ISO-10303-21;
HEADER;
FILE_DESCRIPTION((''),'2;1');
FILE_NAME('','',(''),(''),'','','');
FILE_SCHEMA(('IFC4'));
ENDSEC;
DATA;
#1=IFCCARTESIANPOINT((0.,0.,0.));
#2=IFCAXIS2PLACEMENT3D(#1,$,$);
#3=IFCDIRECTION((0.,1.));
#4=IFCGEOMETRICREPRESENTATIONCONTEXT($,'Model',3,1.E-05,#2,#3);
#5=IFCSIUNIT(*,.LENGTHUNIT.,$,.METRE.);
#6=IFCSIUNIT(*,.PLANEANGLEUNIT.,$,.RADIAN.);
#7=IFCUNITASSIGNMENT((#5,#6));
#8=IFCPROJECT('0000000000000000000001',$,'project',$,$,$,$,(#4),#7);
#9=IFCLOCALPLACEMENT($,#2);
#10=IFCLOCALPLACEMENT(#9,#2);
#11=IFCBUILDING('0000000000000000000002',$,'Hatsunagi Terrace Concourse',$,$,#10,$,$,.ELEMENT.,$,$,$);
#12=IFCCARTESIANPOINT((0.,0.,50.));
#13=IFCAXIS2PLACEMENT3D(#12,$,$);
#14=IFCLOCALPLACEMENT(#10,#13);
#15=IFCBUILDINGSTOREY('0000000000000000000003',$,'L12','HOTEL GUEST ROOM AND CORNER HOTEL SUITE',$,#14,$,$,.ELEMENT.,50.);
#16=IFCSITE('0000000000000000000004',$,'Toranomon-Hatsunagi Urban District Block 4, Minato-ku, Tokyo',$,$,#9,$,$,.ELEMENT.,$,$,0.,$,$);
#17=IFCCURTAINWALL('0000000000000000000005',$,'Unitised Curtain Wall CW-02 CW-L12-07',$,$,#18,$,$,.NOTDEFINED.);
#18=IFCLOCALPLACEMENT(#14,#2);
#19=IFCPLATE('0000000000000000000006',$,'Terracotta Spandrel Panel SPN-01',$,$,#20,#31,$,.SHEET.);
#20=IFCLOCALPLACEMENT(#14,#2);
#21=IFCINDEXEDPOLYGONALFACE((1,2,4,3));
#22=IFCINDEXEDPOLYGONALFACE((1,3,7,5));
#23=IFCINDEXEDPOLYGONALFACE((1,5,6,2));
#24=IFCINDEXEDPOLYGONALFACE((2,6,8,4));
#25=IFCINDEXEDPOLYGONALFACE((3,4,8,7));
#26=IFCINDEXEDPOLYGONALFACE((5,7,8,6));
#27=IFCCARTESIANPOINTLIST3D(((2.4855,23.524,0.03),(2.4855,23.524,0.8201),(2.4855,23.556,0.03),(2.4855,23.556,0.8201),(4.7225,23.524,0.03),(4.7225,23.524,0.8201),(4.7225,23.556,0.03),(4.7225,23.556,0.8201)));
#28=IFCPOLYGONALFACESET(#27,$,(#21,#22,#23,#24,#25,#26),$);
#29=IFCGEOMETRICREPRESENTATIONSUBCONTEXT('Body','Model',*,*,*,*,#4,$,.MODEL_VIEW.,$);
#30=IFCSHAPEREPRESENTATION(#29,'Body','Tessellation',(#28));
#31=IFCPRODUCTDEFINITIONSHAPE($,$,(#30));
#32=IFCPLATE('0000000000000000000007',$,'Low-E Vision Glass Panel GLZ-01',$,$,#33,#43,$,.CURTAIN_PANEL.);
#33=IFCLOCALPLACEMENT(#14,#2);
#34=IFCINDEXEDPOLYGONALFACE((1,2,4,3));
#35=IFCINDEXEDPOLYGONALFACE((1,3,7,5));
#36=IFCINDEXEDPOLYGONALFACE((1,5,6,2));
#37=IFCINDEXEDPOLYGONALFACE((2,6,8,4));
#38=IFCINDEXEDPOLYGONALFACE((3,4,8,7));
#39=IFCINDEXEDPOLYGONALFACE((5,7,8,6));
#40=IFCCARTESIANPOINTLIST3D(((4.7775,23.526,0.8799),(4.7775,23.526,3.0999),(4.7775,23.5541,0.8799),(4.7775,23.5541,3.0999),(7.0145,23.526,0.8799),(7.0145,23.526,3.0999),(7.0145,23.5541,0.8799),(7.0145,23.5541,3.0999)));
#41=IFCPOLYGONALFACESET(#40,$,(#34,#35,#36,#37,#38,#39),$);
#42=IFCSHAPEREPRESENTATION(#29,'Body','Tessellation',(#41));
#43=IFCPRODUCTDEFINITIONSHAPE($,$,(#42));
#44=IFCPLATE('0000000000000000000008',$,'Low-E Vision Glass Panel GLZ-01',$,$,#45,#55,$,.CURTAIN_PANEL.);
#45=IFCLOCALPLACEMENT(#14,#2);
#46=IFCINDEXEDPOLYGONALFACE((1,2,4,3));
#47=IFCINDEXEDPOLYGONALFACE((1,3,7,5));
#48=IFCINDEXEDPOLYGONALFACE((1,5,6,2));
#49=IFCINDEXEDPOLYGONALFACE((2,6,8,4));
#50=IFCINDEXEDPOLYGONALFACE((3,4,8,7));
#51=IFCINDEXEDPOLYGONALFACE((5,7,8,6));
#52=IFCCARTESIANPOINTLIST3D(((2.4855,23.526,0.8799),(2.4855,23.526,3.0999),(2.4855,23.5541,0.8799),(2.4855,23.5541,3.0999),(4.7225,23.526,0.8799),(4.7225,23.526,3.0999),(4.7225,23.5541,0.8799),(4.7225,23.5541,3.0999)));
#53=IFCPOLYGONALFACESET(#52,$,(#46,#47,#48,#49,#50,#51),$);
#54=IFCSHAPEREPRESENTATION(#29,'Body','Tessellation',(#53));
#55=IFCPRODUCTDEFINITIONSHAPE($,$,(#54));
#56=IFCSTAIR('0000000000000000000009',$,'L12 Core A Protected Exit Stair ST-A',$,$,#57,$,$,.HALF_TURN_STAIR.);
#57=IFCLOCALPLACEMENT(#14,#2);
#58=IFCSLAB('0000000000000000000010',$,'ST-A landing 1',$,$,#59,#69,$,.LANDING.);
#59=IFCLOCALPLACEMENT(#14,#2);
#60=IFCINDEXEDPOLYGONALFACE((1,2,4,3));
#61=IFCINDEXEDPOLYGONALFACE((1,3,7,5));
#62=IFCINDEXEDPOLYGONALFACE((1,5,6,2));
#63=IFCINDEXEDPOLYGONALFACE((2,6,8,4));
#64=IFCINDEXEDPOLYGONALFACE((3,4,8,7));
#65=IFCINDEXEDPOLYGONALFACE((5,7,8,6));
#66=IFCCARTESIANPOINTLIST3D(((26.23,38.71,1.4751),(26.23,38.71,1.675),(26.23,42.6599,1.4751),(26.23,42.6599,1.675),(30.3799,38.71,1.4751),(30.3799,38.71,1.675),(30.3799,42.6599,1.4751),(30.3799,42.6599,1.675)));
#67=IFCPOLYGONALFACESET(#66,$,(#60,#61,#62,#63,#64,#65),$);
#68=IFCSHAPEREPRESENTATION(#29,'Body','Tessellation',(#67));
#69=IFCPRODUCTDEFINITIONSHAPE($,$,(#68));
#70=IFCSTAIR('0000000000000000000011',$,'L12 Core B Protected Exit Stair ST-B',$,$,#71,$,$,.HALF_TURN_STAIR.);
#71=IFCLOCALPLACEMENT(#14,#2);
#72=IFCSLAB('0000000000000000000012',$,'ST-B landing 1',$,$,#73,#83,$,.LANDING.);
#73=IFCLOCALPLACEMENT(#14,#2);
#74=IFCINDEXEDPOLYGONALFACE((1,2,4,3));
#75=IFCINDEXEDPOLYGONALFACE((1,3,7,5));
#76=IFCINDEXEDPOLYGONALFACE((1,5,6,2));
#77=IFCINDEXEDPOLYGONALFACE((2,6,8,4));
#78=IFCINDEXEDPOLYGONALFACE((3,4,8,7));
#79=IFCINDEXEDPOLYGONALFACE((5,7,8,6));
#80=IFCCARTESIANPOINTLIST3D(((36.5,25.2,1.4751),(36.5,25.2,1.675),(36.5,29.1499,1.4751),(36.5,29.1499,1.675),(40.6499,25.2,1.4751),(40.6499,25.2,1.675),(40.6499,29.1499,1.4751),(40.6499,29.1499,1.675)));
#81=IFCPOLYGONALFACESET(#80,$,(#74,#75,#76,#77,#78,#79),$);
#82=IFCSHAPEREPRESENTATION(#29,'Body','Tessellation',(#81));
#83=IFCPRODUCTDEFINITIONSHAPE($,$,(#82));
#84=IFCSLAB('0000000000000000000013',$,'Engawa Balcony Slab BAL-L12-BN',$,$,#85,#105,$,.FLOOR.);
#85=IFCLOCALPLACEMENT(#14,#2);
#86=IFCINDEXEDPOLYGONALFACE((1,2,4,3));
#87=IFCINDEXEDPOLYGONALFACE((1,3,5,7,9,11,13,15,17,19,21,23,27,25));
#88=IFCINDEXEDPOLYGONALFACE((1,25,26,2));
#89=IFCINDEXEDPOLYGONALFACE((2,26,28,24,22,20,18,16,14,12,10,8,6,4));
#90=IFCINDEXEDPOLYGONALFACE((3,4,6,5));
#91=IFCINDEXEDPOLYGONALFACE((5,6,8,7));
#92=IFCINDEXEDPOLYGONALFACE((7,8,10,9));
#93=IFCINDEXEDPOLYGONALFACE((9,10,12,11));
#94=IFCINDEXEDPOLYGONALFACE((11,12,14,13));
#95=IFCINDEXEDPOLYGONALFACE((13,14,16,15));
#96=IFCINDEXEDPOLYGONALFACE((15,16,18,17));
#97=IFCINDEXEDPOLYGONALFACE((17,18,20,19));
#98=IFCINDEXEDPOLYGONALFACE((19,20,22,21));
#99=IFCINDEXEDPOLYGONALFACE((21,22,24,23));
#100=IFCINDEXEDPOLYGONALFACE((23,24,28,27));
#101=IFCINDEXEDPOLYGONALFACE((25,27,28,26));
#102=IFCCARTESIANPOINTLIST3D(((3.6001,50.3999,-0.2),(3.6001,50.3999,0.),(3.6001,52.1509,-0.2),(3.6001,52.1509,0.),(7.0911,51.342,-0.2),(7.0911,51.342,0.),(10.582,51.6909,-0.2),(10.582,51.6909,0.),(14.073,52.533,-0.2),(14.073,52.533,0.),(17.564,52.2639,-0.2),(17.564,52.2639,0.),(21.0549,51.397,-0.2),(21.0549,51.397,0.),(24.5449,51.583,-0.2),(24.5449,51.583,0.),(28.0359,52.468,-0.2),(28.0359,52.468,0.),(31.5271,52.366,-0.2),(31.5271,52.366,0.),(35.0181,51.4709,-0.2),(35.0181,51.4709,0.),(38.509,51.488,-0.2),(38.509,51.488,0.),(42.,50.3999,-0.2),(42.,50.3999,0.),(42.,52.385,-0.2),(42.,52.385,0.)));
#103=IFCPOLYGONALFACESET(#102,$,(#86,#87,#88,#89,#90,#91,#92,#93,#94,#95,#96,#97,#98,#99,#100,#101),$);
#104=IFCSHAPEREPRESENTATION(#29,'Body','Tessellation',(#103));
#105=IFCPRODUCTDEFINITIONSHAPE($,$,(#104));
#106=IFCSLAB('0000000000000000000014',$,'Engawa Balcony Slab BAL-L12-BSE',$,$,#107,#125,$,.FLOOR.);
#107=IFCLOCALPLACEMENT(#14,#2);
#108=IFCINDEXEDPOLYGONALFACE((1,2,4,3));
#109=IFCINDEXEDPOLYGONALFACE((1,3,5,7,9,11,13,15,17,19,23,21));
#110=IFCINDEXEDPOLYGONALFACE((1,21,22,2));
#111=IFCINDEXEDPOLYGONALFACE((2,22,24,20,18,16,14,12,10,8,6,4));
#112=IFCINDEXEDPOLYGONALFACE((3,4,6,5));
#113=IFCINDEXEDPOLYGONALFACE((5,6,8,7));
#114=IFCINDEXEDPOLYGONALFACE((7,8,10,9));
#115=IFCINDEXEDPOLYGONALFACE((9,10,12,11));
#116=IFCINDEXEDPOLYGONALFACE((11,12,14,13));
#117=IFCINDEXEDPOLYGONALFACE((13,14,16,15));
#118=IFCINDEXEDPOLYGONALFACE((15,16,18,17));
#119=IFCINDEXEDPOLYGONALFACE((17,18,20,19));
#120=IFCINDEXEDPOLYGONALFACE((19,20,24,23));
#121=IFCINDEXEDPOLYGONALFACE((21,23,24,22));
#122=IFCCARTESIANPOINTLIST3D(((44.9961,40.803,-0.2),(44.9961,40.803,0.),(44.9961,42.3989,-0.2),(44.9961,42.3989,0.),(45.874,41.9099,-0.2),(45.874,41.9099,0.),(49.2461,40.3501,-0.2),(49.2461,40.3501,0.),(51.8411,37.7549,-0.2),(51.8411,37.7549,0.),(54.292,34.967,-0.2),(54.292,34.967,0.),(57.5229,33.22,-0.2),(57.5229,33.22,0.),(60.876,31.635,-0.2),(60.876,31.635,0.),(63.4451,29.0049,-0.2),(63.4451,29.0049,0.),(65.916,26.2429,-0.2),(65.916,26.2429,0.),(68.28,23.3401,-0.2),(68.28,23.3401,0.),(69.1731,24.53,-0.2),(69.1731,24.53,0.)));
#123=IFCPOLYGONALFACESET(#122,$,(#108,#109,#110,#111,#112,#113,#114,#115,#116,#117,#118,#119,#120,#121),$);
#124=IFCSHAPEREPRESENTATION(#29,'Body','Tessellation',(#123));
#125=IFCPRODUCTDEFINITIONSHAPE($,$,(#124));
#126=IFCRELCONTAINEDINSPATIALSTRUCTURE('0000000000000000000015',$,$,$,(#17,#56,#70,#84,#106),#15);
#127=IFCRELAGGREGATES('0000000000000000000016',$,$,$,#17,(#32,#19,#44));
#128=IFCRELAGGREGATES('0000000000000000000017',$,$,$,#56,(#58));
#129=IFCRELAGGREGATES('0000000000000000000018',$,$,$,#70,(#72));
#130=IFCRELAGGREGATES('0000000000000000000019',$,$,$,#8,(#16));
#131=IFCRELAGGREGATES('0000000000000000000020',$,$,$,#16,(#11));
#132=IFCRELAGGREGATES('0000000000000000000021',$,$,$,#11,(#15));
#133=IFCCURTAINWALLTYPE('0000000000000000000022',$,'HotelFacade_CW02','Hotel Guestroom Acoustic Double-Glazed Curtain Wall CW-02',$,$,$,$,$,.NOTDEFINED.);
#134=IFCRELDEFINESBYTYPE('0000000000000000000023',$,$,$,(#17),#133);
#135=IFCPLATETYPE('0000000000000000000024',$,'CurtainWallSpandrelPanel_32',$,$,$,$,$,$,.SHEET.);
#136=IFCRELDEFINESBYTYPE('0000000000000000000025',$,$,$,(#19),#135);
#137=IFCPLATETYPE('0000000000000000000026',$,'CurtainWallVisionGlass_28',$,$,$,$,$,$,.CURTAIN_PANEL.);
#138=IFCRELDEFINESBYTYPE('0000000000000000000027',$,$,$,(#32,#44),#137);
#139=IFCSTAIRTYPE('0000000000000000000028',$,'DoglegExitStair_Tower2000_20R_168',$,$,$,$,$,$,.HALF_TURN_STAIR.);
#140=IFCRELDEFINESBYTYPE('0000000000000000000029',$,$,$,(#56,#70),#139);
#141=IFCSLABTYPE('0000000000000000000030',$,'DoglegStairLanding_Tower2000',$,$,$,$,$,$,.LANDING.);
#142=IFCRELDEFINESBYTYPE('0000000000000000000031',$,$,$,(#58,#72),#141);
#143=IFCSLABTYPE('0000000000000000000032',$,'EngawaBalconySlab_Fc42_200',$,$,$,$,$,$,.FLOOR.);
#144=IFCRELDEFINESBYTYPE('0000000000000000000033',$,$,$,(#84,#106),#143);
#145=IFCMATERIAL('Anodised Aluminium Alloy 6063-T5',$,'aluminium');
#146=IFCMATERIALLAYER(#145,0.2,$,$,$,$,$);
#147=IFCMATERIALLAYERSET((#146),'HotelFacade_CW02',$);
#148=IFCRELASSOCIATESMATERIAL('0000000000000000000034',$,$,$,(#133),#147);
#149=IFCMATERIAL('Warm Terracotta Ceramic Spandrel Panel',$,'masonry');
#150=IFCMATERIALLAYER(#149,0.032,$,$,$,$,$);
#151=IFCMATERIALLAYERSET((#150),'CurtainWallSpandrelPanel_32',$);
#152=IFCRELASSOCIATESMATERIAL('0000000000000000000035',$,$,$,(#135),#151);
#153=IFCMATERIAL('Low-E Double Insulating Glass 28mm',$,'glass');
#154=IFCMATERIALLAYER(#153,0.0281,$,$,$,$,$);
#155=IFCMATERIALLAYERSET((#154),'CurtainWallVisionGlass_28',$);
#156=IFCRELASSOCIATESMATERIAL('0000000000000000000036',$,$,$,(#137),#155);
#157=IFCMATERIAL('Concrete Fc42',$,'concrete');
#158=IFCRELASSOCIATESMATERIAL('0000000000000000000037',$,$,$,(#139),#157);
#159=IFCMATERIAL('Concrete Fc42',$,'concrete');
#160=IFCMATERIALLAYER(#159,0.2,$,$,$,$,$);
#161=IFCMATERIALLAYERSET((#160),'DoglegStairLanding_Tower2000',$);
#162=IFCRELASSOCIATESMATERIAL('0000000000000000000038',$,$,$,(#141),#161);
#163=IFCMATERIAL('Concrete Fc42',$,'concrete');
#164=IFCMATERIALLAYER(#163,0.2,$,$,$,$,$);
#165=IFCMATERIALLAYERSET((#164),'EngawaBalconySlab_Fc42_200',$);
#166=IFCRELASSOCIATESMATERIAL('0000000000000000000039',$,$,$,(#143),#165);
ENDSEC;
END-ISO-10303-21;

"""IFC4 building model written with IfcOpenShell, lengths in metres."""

from ifc_helpers import new_model, si_unit, direction, frame, origin, origin_2d, place, context, subcontext, project, spatial, polyline, rectangle, outline, extrude, material, layer, layer_set, type_object, element, aggregate, save


model = new_model("IFC4")

# Units and contexts
model_context = context("Model", 3, precision=1e-05, world=origin(), true_north=direction((0.0, 1.0)))
body_context = subcontext(model_context, "Body", "Model", "MODEL_VIEW")
ifc_project = project(units=[si_unit("LENGTHUNIT", "METRE"), si_unit("PLANEANGLEUNIT", "RADIAN")], contexts=[model_context])

# Site, building, storey
site_placement = place(None, origin())
site = spatial("IfcSite", under=ifc_project, at=site_placement, Name="Toranomon-Hatsunagi Urban District Block 4, Minato-ku, Tokyo", CompositionType="ELEMENT", RefElevation=0.0)
building_placement = place(site_placement, origin())
building = spatial("IfcBuilding", under=site, at=building_placement, Name="Hatsunagi Terrace Concourse", CompositionType="ELEMENT")
storey_placement = place(building_placement, frame((0.0, 0.0, 50.0)))
storey = spatial("IfcBuildingStorey", under=building, at=storey_placement, Name="L12", Description="HOTEL GUEST ROOM AND CORNER HOTEL SUITE", CompositionType="ELEMENT", Elevation=50.0)

# Curtain wall
ifc_material_1 = material(Name="Anodised Aluminium Alloy 6063-T5", Category="aluminium")
ifc_layer_1 = layer(ifc_material_1, 0.2)
ifc_layer_set_1 = layer_set([ifc_layer_1], Name="HotelFacade_CW02")
curtain_wall_type = type_object("IfcCurtainWallType", Name="HotelFacade_CW02", Description="Hotel Guestroom Acoustic Double-Glazed Curtain Wall CW-02", PredefinedType="NOTDEFINED", material=ifc_layer_set_1)
curtain_wall_placement = place(storey_placement, origin())
curtain_wall = element("IfcCurtainWall", 1, at=curtain_wall_placement, inside=storey, type_object=curtain_wall_type, Name="Unitised Curtain Wall CW-02 CW-L12-07", PredefinedType="NOTDEFINED")

# Plates
ifc_material_2 = material(Name="Warm Terracotta Ceramic Spandrel Panel", Category="masonry")
ifc_layer_2 = layer(ifc_material_2, 0.032)
ifc_layer_set_2 = layer_set([ifc_layer_2], Name="CurtainWallSpandrelPanel_32")
plate_type_1 = type_object("IfcPlateType", Name="CurtainWallSpandrelPanel_32", PredefinedType="SHEET", material=ifc_layer_set_2)
plate_1_placement = place(storey_placement, frame((3.604, 23.54, 0.03), z_axis=(0.0, 0.0, 1.0), x_axis=(-1.0, 0.0, 0.0)))
plate_1 = element("IfcPlate", 2, at=plate_1_placement, type_object=plate_type_1, Name="Terracotta Spandrel Panel SPN-01", PredefinedType="SHEET", context=body_context, shape_type="SweptSolid", body=[
    extrude(rectangle(XDim=2.2371, YDim=0.032, at=origin_2d()), origin(), (0.0, 0.0, 1.0), 0.79),
])
ifc_material_3 = material(Name="Low-E Double Insulating Glass 28mm", Category="glass")
ifc_layer_3 = layer(ifc_material_3, 0.0281)
ifc_layer_set_3 = layer_set([ifc_layer_3], Name="CurtainWallVisionGlass_28")
plate_type_2 = type_object("IfcPlateType", Name="CurtainWallVisionGlass_28", PredefinedType="CURTAIN_PANEL", material=ifc_layer_set_3)
plate_2_placement = place(storey_placement, frame((5.896, 23.54, 0.8799), z_axis=(0.0, 0.0, 1.0), x_axis=(-1.0, 0.0, 0.0)))
plate_2 = element("IfcPlate", 3, at=plate_2_placement, type_object=plate_type_2, Name="Low-E Vision Glass Panel GLZ-01", PredefinedType="CURTAIN_PANEL", context=body_context, shape_type="SweptSolid", body=[
    extrude(rectangle(XDim=2.2371, YDim=0.0281, at=origin_2d()), origin(), (0.0, 0.0, 1.0), 2.22),
])
plate_3_placement = place(storey_placement, frame((3.604, 23.54, 0.8799), z_axis=(0.0, 0.0, 1.0), x_axis=(-1.0, 0.0, 0.0)))
plate_3 = element("IfcPlate", 4, at=plate_3_placement, type_object=plate_type_2, Name="Low-E Vision Glass Panel GLZ-01", PredefinedType="CURTAIN_PANEL", context=body_context, shape_type="SweptSolid", body=[
    extrude(rectangle(XDim=2.2371, YDim=0.0281, at=origin_2d()), origin(), (0.0, 0.0, 1.0), 2.22),
])
aggregate(curtain_wall, [plate_2, plate_1, plate_3])

# Stairs, slabs
ifc_material_4 = material(Name="Concrete Fc42", Category="concrete")
stair_type = type_object("IfcStairType", Name="DoglegExitStair_Tower2000_20R_168", PredefinedType="HALF_TURN_STAIR", material=ifc_material_4)
stair_1_placement = place(storey_placement, origin())
stair_1 = element("IfcStair", 5, at=stair_1_placement, inside=storey, type_object=stair_type, Name="L12 Core A Protected Exit Stair ST-A", PredefinedType="HALF_TURN_STAIR")
ifc_material_5 = material(Name="Concrete Fc42", Category="concrete")
ifc_layer_4 = layer(ifc_material_5, 0.2)
ifc_layer_set_4 = layer_set([ifc_layer_4], Name="DoglegStairLanding_Tower2000")
slab_type_1 = type_object("IfcSlabType", Name="DoglegStairLanding_Tower2000", PredefinedType="LANDING", material=ifc_layer_set_4)
slab_1_placement = place(storey_placement, frame((0.0, 0.0, 1.4751)))
slab_1 = element("IfcSlab", 6, at=slab_1_placement, type_object=slab_type_1, Name="ST-A landing 1", PredefinedType="LANDING", context=body_context, shape_type="SweptSolid", body=[
    extrude(outline(polyline([(30.3799, 38.71), (30.3799, 42.6599), (26.23, 42.6599), (26.23, 38.71), (30.3799, 38.71)])), origin(), (0.0, 0.0, 1.0), 0.2),
])
aggregate(stair_1, [slab_1])
stair_2_placement = place(storey_placement, origin())
stair_2 = element("IfcStair", 7, at=stair_2_placement, inside=storey, type_object=stair_type, Name="L12 Core B Protected Exit Stair ST-B", PredefinedType="HALF_TURN_STAIR")
slab_2_placement = place(storey_placement, frame((0.0, 0.0, 1.4751)))
slab_2 = element("IfcSlab", 8, at=slab_2_placement, type_object=slab_type_1, Name="ST-B landing 1", PredefinedType="LANDING", context=body_context, shape_type="SweptSolid", body=[
    extrude(outline(polyline([(36.5, 29.1499), (36.5, 25.2), (40.6499, 25.2), (40.6499, 29.1499), (36.5, 29.1499)])), origin(), (0.0, 0.0, 1.0), 0.2),
])
aggregate(stair_2, [slab_2])

# Slabs
ifc_material_6 = material(Name="Concrete Fc42", Category="concrete")
ifc_layer_5 = layer(ifc_material_6, 0.2)
ifc_layer_set_5 = layer_set([ifc_layer_5], Name="EngawaBalconySlab_Fc42_200")
slab_type_2 = type_object("IfcSlabType", Name="EngawaBalconySlab_Fc42_200", PredefinedType="FLOOR", material=ifc_layer_set_5)
slab_3_placement = place(storey_placement, frame((0.0, 0.0, -0.2)))
element("IfcSlab", 9, at=slab_3_placement, inside=storey, type_object=slab_type_2, Name="Engawa Balcony Slab BAL-L12-BN", PredefinedType="FLOOR", context=body_context, shape_type="SweptSolid", body=[
    extrude(outline(polyline([(3.6001, 52.1509), (3.6001, 50.3999), (42.0, 50.3999), (42.0, 52.385), (38.509, 51.488), (35.0181, 51.4709), (31.5271, 52.366), (28.0359, 52.468), (24.5449, 51.583), (21.0549, 51.397), (17.564, 52.2639), (14.073, 52.533), (10.582, 51.6909), (7.0911, 51.342), (3.6001, 52.1509)])), origin(), (0.0, 0.0, 1.0), 0.2),
])
slab_4_placement = place(storey_placement, frame((0.0, 0.0, -0.2)))
element("IfcSlab", 10, at=slab_4_placement, inside=storey, type_object=slab_type_2, Name="Engawa Balcony Slab BAL-L12-BSE", PredefinedType="FLOOR", context=body_context, shape_type="SweptSolid", body=[
    extrude(outline(polyline([(45.874, 41.9099), (44.9961, 42.3989), (44.9961, 40.803), (68.28, 23.3401), (69.1731, 24.53), (65.916, 26.2429), (63.4451, 29.0049), (60.876, 31.635), (57.5229, 33.22), (54.292, 34.967), (51.8411, 37.7549), (49.2461, 40.3501), (45.874, 41.9099)])), origin(), (0.0, 0.0, 1.0), 0.2),
])

save(model, "model.ifc")
